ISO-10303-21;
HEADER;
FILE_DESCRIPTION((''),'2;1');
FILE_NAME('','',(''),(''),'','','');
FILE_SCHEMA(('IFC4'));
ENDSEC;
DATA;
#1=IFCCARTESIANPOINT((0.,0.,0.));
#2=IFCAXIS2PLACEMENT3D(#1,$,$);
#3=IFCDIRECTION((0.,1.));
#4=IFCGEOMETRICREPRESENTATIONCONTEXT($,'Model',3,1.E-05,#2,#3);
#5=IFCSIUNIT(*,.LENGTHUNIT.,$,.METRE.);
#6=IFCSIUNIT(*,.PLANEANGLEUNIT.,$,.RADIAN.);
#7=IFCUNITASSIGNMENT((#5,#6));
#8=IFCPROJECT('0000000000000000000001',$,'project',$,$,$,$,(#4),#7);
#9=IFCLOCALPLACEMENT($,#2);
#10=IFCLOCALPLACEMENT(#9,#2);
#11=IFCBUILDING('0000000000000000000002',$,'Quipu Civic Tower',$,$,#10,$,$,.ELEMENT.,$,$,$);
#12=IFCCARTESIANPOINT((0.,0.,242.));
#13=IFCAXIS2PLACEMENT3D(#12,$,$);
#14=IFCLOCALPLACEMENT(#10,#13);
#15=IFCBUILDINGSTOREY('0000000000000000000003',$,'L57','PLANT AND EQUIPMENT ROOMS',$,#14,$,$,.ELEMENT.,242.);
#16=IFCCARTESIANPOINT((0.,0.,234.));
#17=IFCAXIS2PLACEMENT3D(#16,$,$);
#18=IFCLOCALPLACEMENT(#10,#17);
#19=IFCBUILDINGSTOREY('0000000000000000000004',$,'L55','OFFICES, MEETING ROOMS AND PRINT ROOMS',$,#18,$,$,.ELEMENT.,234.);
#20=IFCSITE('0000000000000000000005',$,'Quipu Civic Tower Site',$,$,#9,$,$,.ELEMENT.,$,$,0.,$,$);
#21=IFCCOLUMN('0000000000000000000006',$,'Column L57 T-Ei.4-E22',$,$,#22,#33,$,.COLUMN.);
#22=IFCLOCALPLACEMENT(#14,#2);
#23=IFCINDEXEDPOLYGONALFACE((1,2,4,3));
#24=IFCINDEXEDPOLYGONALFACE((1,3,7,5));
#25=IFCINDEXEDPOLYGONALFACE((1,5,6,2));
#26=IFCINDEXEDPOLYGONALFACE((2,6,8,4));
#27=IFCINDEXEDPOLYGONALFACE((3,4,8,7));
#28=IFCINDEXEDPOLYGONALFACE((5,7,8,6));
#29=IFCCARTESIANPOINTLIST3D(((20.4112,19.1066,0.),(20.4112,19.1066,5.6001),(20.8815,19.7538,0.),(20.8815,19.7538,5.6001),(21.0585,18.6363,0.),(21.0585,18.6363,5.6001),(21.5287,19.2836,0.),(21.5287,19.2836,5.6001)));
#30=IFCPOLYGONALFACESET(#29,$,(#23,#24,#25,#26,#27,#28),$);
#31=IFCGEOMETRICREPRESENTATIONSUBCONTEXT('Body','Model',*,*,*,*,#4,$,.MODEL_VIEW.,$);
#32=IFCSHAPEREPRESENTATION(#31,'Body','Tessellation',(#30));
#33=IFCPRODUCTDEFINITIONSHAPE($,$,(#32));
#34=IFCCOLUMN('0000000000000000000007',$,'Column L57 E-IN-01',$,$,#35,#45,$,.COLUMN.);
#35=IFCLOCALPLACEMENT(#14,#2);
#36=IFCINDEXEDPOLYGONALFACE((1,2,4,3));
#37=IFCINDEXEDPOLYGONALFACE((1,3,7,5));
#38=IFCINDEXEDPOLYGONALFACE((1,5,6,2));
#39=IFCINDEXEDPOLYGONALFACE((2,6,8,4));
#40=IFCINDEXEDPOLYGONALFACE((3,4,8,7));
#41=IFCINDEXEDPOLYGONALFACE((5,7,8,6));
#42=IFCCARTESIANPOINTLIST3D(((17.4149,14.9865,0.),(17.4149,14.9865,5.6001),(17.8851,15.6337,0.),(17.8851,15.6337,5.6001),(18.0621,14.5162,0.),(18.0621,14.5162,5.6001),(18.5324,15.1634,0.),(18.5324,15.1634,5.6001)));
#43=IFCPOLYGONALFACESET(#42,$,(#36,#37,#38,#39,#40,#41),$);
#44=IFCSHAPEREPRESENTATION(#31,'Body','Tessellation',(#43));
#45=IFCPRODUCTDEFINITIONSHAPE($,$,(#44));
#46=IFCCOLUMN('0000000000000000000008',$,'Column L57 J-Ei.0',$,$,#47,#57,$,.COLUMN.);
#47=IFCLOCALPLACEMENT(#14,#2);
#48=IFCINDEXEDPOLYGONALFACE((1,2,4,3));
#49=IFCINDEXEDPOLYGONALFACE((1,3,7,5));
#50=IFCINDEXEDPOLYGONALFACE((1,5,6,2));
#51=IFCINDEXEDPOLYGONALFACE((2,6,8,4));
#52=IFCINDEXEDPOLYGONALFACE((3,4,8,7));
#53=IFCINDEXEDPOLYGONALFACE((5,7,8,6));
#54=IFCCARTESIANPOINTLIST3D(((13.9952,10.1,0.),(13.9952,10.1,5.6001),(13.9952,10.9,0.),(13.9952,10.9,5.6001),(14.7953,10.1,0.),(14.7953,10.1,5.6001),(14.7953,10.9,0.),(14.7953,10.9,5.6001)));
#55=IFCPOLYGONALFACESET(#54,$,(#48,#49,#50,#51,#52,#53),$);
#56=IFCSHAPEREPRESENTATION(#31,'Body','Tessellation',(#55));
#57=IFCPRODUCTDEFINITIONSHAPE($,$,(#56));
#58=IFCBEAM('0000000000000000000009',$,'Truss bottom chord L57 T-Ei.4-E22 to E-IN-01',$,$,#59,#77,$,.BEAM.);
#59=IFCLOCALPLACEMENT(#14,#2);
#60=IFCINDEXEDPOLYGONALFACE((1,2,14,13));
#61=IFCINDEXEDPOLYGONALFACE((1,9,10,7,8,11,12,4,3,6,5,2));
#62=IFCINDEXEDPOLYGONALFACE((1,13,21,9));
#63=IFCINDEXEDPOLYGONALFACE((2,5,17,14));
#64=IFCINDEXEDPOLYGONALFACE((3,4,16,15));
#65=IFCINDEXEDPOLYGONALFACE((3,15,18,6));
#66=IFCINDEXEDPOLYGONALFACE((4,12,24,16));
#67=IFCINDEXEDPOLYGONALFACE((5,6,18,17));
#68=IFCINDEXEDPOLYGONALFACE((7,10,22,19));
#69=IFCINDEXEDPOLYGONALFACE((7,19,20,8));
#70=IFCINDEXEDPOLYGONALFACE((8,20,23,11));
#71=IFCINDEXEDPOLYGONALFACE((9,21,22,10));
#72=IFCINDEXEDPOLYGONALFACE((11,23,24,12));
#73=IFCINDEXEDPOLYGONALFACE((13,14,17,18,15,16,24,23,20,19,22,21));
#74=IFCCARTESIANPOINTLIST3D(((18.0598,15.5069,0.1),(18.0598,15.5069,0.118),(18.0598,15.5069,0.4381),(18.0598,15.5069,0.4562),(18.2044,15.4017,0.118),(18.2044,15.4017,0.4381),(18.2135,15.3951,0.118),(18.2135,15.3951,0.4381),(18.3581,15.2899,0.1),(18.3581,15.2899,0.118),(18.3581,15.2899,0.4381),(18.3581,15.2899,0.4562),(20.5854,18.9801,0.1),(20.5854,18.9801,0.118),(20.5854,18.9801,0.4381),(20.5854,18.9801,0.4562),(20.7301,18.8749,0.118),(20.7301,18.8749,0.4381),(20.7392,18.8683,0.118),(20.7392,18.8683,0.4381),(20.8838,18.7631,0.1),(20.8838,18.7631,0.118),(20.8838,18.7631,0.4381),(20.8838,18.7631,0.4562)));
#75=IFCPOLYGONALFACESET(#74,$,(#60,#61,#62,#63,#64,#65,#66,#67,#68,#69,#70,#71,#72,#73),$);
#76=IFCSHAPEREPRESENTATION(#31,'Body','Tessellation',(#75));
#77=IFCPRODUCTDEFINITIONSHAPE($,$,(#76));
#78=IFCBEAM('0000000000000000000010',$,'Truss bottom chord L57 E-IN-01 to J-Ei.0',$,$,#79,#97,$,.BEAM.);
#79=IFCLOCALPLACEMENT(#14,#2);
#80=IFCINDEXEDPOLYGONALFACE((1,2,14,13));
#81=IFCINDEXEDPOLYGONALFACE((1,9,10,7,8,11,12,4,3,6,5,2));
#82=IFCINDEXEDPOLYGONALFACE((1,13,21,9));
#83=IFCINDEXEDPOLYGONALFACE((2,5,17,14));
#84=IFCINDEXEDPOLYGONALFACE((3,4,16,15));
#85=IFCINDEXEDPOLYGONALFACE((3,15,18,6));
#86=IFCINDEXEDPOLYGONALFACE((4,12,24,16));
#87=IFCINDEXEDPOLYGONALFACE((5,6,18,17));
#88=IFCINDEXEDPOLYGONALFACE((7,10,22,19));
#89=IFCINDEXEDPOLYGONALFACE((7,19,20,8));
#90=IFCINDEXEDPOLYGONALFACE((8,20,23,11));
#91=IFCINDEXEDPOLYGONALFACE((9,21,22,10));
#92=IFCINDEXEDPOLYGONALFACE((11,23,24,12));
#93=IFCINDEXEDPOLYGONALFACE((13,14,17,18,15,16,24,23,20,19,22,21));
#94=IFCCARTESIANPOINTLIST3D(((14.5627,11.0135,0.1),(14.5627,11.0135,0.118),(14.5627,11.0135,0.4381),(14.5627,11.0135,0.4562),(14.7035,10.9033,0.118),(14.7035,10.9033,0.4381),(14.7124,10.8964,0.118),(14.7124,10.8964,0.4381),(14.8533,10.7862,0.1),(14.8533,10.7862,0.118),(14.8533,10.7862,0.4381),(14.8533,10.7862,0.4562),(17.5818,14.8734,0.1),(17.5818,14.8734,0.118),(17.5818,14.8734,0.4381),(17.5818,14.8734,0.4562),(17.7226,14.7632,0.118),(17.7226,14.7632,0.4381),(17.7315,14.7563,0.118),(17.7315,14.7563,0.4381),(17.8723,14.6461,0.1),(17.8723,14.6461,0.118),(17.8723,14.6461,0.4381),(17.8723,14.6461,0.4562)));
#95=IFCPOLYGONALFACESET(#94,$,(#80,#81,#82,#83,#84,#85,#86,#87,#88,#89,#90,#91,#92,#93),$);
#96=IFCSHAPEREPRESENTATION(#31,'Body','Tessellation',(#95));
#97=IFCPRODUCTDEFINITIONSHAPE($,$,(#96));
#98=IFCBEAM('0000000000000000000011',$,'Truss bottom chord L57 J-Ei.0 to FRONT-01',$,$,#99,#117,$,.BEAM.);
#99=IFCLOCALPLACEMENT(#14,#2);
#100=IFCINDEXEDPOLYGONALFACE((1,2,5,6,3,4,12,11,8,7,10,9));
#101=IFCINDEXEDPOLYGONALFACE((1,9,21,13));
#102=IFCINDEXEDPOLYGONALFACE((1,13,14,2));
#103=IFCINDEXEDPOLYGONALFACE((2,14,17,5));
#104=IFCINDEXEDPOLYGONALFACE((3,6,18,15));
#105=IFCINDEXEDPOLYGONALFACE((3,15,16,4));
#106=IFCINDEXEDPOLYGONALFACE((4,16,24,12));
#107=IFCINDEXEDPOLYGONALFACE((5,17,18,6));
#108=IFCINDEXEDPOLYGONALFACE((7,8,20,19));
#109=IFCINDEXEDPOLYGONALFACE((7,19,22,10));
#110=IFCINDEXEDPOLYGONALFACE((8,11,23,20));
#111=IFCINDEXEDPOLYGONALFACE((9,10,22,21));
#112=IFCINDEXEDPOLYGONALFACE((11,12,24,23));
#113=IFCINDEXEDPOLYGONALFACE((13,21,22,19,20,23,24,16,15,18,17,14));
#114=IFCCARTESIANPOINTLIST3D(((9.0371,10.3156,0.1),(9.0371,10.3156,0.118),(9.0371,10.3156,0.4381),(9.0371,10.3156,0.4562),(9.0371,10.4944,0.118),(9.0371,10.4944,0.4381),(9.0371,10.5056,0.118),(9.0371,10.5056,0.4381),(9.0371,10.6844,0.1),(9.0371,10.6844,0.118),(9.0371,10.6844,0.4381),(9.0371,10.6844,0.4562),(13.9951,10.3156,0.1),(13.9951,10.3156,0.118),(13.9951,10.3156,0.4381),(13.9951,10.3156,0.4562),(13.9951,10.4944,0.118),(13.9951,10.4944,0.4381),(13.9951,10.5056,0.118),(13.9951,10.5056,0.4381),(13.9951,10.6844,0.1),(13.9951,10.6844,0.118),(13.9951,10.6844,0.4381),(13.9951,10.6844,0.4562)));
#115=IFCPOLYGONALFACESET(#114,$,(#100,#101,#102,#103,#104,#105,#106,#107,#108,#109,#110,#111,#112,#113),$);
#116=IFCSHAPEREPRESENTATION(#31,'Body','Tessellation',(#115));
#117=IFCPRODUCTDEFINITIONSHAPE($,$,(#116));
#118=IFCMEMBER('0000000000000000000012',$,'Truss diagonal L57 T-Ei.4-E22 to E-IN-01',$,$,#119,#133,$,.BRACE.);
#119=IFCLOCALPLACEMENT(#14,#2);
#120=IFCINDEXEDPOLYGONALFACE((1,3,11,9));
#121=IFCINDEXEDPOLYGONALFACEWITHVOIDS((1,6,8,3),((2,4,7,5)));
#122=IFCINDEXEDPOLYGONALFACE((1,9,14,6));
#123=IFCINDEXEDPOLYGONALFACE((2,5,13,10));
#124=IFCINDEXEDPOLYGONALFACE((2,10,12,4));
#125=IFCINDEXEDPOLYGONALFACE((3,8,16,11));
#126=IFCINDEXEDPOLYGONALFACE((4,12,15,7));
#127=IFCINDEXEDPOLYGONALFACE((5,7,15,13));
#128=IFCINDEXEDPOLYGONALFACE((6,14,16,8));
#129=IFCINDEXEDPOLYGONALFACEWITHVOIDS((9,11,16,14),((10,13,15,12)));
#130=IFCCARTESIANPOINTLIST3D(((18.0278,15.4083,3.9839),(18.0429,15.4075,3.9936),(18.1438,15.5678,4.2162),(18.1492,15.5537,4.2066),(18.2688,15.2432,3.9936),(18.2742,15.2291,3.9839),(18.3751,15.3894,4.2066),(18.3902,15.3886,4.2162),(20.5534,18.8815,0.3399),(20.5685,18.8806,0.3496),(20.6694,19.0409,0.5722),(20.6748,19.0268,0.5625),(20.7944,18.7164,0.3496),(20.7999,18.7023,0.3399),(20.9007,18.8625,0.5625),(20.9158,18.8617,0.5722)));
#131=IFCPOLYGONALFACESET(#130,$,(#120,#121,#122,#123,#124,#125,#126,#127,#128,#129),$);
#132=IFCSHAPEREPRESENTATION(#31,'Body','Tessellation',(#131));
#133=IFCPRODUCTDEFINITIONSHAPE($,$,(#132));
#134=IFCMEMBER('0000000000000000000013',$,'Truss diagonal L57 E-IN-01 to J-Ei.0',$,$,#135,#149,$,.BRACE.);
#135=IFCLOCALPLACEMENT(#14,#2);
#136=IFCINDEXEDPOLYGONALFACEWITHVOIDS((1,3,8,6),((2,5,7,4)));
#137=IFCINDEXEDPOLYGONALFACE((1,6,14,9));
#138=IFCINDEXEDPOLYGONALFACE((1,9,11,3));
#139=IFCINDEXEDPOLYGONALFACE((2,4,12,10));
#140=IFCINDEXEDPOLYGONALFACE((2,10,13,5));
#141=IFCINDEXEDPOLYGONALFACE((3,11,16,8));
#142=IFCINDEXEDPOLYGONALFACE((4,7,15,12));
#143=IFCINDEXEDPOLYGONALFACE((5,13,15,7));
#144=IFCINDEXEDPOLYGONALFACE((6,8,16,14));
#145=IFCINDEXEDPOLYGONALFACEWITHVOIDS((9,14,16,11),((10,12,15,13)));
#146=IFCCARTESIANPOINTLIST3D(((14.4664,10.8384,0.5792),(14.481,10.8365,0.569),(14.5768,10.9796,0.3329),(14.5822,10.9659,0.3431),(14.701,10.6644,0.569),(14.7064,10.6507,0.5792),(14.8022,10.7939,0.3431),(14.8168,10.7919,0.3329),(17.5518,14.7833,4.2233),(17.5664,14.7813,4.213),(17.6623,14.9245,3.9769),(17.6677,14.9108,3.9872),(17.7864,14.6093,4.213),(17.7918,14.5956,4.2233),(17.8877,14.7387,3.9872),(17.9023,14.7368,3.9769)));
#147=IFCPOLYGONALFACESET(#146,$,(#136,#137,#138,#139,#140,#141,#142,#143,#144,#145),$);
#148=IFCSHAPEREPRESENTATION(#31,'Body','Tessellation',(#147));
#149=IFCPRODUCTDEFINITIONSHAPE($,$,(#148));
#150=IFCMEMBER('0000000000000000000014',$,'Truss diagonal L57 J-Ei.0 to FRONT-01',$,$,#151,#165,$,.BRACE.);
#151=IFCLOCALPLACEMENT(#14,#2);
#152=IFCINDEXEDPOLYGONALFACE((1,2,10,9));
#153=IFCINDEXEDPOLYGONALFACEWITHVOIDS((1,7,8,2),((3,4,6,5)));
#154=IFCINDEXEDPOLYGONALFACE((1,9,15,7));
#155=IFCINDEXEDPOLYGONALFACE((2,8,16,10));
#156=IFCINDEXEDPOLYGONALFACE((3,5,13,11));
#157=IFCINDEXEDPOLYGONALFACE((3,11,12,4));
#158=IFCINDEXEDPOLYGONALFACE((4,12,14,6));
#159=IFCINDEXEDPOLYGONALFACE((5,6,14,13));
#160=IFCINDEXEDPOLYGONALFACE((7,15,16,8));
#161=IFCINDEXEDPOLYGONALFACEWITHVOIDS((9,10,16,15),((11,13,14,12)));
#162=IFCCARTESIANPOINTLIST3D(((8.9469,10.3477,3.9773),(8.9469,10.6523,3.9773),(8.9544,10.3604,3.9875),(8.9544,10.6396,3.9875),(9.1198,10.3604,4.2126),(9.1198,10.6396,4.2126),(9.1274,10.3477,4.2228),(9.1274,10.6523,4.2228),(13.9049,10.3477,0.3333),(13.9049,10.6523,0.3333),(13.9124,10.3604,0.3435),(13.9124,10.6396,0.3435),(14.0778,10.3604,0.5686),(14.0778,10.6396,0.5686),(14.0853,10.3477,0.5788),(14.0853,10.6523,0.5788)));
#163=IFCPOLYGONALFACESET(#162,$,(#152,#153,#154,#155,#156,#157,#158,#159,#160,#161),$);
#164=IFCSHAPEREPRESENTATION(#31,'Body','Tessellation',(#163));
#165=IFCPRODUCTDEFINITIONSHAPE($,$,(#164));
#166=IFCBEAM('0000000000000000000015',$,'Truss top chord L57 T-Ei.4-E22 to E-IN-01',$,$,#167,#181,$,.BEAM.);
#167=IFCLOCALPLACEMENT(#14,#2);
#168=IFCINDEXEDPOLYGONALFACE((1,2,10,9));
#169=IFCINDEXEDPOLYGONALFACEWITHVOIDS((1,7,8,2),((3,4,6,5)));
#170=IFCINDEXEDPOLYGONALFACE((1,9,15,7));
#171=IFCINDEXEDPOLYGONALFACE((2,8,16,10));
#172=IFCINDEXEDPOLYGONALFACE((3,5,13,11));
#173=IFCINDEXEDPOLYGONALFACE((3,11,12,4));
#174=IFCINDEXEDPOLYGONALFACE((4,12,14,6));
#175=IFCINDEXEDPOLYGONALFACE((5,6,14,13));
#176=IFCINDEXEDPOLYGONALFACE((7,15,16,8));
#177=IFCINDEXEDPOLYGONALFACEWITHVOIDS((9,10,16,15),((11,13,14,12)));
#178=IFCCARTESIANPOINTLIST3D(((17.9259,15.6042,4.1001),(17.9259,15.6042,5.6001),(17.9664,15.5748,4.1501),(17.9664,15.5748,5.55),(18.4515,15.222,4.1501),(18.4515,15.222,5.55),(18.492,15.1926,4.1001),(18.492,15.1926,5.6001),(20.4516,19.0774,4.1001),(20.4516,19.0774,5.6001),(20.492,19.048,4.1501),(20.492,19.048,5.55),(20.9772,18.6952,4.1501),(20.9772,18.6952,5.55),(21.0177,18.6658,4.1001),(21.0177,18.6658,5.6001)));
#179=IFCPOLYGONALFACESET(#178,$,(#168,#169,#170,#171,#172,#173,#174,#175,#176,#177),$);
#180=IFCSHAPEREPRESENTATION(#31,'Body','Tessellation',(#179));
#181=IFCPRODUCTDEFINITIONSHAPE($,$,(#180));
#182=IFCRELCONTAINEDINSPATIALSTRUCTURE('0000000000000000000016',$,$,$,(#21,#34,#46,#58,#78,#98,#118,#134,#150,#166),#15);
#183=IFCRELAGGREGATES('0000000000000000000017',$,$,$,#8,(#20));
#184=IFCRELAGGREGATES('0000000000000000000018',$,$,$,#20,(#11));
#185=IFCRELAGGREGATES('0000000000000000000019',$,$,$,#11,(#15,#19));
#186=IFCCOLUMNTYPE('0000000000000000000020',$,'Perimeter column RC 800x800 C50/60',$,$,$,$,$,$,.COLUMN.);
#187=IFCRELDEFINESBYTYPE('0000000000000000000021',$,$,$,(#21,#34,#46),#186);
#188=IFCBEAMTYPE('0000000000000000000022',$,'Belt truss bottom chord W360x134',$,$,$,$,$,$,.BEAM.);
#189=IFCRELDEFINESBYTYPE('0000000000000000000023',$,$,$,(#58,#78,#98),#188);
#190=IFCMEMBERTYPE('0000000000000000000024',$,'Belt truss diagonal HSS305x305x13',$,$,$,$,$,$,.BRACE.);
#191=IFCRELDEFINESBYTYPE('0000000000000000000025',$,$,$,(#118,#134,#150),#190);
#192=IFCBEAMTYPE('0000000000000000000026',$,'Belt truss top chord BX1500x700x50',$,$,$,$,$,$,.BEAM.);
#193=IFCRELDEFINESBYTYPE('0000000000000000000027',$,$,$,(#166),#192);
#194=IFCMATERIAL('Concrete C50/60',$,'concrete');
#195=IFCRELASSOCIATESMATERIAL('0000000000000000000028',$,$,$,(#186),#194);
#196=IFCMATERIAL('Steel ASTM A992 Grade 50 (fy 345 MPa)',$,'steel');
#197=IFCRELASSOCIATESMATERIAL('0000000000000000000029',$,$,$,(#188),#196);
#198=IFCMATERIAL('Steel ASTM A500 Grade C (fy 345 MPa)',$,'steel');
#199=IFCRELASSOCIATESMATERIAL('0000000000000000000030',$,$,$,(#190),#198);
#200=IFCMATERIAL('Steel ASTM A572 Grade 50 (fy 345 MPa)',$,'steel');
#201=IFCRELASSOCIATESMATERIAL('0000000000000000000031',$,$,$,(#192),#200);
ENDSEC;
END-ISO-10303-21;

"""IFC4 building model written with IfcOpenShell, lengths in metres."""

from ifc_helpers import new_model, si_unit, direction, frame, origin, origin_2d, place, context, subcontext, project, spatial, rectangle, hollow_rectangle, i_section, extrude, material, material_profile, profile_set, type_object, element, save


model = new_model("IFC4")

# Units and contexts
model_context = context("Model", 3, precision=1e-05, world=origin(), true_north=direction((0.0, 1.0)))
body_context = subcontext(model_context, "Body", "Model", "MODEL_VIEW")
ifc_project = project(units=[si_unit("LENGTHUNIT", "METRE"), si_unit("PLANEANGLEUNIT", "RADIAN")], contexts=[model_context])

# Site, building, storey
site_placement = place(None, origin())
site = spatial("IfcSite", under=ifc_project, at=site_placement, Name="Quipu Civic Tower Site", CompositionType="ELEMENT", RefElevation=0.0)
building_placement = place(site_placement, origin())
building = spatial("IfcBuilding", under=site, at=building_placement, Name="Quipu Civic Tower", CompositionType="ELEMENT")
storey_1_placement = place(building_placement, frame((0.0, 0.0, 242.0)))
storey_1 = spatial("IfcBuildingStorey", under=building, at=storey_1_placement, Name="L57", Description="PLANT AND EQUIPMENT ROOMS", CompositionType="ELEMENT", Elevation=242.0)

# Columns
ifc_material_1 = material(Name="Concrete C50/60", Category="concrete")
ifc_material_profile_1 = material_profile(ifc_material_1, rectangle(XDim=0.8, YDim=0.8, at=origin_2d()), Name="RC800x800")
ifc_profile_set_1 = profile_set([ifc_material_profile_1], Name="Concrete C50/60")
column_type = type_object("IfcColumnType", Name="Perimeter column RC 800x800 C50/60", PredefinedType="COLUMN", material=ifc_profile_set_1)
for number, where, z_axis, x_axis, name in (
    (1, (20.97, 19.1951, 0.0), (0.0, 0.0, 1.0), (-0.587785, -0.809017, 0.0), "Column L57 T-Ei.4-E22"),
    (2, (17.9736, 15.075, 0.0), (0.0, 0.0, 1.0), (-0.587785, -0.809017, 0.0), "Column L57 E-IN-01"),
    (3, (14.3953, 10.5, 0.0), (0.0, 0.0, 1.0), (-1.0, 0.0, 0.0), "Column L57 J-Ei.0"),
):
    element("IfcColumn", number, at=place(storey_1_placement, frame(where, z_axis=z_axis, x_axis=x_axis)), inside=storey_1, type_object=column_type, Name=name, PredefinedType="COLUMN", context=body_context, shape_type="SweptSolid", body=[
        extrude(rectangle(XDim=0.8, YDim=0.8, at=origin_2d()), origin(), (0.0, 0.0, 1.0), 5.6001),
    ])

# Beams
ifc_material_2 = material(Name="Steel ASTM A992 Grade 50 (fy 345 MPa)", Category="steel")
ifc_material_profile_2 = material_profile(ifc_material_2, i_section(OverallWidth=0.3689, OverallDepth=0.3562, WebThickness=0.0112, FlangeThickness=0.0181, at=origin_2d()), Name="W360x134")
ifc_profile_set_2 = profile_set([ifc_material_profile_2], Name="Steel ASTM A992 Grade 50 (fy 345 MPa)")
beam_type_1 = type_object("IfcBeamType", Name="Belt truss bottom chord W360x134", PredefinedType="BEAM", material=ifc_profile_set_2)
beam_1_placement = place(storey_1_placement, frame((20.7346, 18.8716, 0.2781), z_axis=(-0.588128, -0.808768, 0.0), x_axis=(0.808768, -0.588128, 0.0)))
element("IfcBeam", 4, at=beam_1_placement, inside=storey_1, type_object=beam_type_1, Name="Truss bottom chord L57 T-Ei.4-E22 to E-IN-01", PredefinedType="BEAM", context=body_context, shape_type="SweptSolid", body=[
    extrude(i_section(OverallWidth=0.3689, OverallDepth=0.3562, WebThickness=0.0112, FlangeThickness=0.0181, at=origin_2d()), origin(), (0.0, 0.0, 1.0), 4.2944),
])
beam_2_placement = place(storey_1_placement, frame((17.7271, 14.7598, 0.2781), z_axis=(-0.616091, -0.787675, 0.0), x_axis=(0.787675, -0.616091, 0.0)))
element("IfcBeam", 5, at=beam_2_placement, inside=storey_1, type_object=beam_type_1, Name="Truss bottom chord L57 E-IN-01 to J-Ei.0", PredefinedType="BEAM", context=body_context, shape_type="SweptSolid", body=[
    extrude(i_section(OverallWidth=0.3689, OverallDepth=0.3562, WebThickness=0.0112, FlangeThickness=0.0181, at=origin_2d()), origin(), (0.0, 0.0, 1.0), 4.9004),
])
beam_3_placement = place(storey_1_placement, frame((13.9951, 10.5, 0.2781), z_axis=(-1.0, 0.0, 0.0), x_axis=(0.0, -1.0, 0.0)))
element("IfcBeam", 6, at=beam_3_placement, inside=storey_1, type_object=beam_type_1, Name="Truss bottom chord L57 J-Ei.0 to FRONT-01", PredefinedType="BEAM", context=body_context, shape_type="SweptSolid", body=[
    extrude(i_section(OverallWidth=0.3689, OverallDepth=0.3562, WebThickness=0.0112, FlangeThickness=0.0181, at=origin_2d()), origin(), (0.0, 0.0, 1.0), 4.958),
])

# Members
ifc_material_3 = material(Name="Steel ASTM A500 Grade C (fy 345 MPa)", Category="steel")
ifc_material_profile_3 = material_profile(ifc_material_3, hollow_rectangle(XDim=0.3047, YDim=0.3047, WallThickness=0.0127, at=origin_2d()), Name="HSS305x305x13")
ifc_profile_set_3 = profile_set([ifc_material_profile_3], Name="Steel ASTM A500 Grade C (fy 345 MPa)")
member_type_1 = type_object("IfcMemberType", Name="Belt truss diagonal HSS305x305x13", PredefinedType="BRACE", material=ifc_profile_set_3)
member_1_placement = place(storey_1_placement, frame((20.7346, 18.8716, 0.4561), z_axis=(-0.448435, -0.616669, 0.647013), x_axis=(0.808768, -0.588128, 0.0)))
element("IfcMember", 7, at=member_1_placement, inside=storey_1, type_object=member_type_1, Name="Truss diagonal L57 T-Ei.4-E22 to E-IN-01", PredefinedType="BRACE", context=body_context, shape_type="SweptSolid", body=[
    extrude(hollow_rectangle(XDim=0.3047, YDim=0.3047, WallThickness=0.0127, at=origin_2d()), origin(), (0.0, 0.0, 1.0), 5.6321),
])
member_2_placement = place(storey_1_placement, frame((17.7271, 14.76, 4.1001), z_axis=(-0.498167, -0.636919, -0.588356), x_axis=(0.78768, -0.616085, 0.0)))
element("IfcMember", 8, at=member_2_placement, inside=storey_1, type_object=member_type_1, Name="Truss diagonal L57 E-IN-01 to J-Ei.0", PredefinedType="BRACE", context=body_context, shape_type="SweptSolid", body=[
    extrude(hollow_rectangle(XDim=0.3047, YDim=0.3047, WallThickness=0.0127, at=origin_2d()), origin(), (0.0, 0.0, 1.0), 6.1936),
])
member_3_placement = place(storey_1_placement, frame((13.9951, 10.5, 0.4561), z_axis=(-0.805771, 0.0, 0.592227), x_axis=(0.0, -1.0, 0.0)))
element("IfcMember", 9, at=member_3_placement, inside=storey_1, type_object=member_type_1, Name="Truss diagonal L57 J-Ei.0 to FRONT-01", PredefinedType="BRACE", context=body_context, shape_type="SweptSolid", body=[
    extrude(hollow_rectangle(XDim=0.3047, YDim=0.3047, WallThickness=0.0127, at=origin_2d()), origin(), (0.0, 0.0, 1.0), 6.1531),
])

# Beam
ifc_material_4 = material(Name="Steel ASTM A572 Grade 50 (fy 345 MPa)", Category="steel")
ifc_material_profile_4 = material_profile(ifc_material_4, hollow_rectangle(XDim=0.7, YDim=1.5, WallThickness=0.05, at=origin_2d()), Name="BX1500x700x50")
ifc_profile_set_4 = profile_set([ifc_material_profile_4], Name="Steel ASTM A572 Grade 50 (fy 345 MPa)")
beam_type_2 = type_object("IfcBeamType", Name="Belt truss top chord BX1500x700x50", PredefinedType="BEAM", material=ifc_profile_set_4)
beam_4_placement = place(storey_1_placement, frame((20.7346, 18.8716, 4.8501), z_axis=(-0.588128, -0.808768, 0.0), x_axis=(0.808768, -0.588128, 0.0)))
element("IfcBeam", 10, at=beam_4_placement, inside=storey_1, type_object=beam_type_2, Name="Truss top chord L57 T-Ei.4-E22 to E-IN-01", PredefinedType="BEAM", context=body_context, shape_type="SweptSolid", body=[
    extrude(hollow_rectangle(XDim=0.7, YDim=1.5, WallThickness=0.05, at=origin_2d()), origin(), (0.0, 0.0, 1.0), 4.2944),
])

# Shared definitions
storey_2_placement = place(building_placement, frame((0.0, 0.0, 234.0)))
storey_2 = spatial("IfcBuildingStorey", under=building, at=storey_2_placement, Name="L55", Description="OFFICES, MEETING ROOMS AND PRINT ROOMS", CompositionType="ELEMENT", Elevation=234.0)

save(model, "model.ifc")
